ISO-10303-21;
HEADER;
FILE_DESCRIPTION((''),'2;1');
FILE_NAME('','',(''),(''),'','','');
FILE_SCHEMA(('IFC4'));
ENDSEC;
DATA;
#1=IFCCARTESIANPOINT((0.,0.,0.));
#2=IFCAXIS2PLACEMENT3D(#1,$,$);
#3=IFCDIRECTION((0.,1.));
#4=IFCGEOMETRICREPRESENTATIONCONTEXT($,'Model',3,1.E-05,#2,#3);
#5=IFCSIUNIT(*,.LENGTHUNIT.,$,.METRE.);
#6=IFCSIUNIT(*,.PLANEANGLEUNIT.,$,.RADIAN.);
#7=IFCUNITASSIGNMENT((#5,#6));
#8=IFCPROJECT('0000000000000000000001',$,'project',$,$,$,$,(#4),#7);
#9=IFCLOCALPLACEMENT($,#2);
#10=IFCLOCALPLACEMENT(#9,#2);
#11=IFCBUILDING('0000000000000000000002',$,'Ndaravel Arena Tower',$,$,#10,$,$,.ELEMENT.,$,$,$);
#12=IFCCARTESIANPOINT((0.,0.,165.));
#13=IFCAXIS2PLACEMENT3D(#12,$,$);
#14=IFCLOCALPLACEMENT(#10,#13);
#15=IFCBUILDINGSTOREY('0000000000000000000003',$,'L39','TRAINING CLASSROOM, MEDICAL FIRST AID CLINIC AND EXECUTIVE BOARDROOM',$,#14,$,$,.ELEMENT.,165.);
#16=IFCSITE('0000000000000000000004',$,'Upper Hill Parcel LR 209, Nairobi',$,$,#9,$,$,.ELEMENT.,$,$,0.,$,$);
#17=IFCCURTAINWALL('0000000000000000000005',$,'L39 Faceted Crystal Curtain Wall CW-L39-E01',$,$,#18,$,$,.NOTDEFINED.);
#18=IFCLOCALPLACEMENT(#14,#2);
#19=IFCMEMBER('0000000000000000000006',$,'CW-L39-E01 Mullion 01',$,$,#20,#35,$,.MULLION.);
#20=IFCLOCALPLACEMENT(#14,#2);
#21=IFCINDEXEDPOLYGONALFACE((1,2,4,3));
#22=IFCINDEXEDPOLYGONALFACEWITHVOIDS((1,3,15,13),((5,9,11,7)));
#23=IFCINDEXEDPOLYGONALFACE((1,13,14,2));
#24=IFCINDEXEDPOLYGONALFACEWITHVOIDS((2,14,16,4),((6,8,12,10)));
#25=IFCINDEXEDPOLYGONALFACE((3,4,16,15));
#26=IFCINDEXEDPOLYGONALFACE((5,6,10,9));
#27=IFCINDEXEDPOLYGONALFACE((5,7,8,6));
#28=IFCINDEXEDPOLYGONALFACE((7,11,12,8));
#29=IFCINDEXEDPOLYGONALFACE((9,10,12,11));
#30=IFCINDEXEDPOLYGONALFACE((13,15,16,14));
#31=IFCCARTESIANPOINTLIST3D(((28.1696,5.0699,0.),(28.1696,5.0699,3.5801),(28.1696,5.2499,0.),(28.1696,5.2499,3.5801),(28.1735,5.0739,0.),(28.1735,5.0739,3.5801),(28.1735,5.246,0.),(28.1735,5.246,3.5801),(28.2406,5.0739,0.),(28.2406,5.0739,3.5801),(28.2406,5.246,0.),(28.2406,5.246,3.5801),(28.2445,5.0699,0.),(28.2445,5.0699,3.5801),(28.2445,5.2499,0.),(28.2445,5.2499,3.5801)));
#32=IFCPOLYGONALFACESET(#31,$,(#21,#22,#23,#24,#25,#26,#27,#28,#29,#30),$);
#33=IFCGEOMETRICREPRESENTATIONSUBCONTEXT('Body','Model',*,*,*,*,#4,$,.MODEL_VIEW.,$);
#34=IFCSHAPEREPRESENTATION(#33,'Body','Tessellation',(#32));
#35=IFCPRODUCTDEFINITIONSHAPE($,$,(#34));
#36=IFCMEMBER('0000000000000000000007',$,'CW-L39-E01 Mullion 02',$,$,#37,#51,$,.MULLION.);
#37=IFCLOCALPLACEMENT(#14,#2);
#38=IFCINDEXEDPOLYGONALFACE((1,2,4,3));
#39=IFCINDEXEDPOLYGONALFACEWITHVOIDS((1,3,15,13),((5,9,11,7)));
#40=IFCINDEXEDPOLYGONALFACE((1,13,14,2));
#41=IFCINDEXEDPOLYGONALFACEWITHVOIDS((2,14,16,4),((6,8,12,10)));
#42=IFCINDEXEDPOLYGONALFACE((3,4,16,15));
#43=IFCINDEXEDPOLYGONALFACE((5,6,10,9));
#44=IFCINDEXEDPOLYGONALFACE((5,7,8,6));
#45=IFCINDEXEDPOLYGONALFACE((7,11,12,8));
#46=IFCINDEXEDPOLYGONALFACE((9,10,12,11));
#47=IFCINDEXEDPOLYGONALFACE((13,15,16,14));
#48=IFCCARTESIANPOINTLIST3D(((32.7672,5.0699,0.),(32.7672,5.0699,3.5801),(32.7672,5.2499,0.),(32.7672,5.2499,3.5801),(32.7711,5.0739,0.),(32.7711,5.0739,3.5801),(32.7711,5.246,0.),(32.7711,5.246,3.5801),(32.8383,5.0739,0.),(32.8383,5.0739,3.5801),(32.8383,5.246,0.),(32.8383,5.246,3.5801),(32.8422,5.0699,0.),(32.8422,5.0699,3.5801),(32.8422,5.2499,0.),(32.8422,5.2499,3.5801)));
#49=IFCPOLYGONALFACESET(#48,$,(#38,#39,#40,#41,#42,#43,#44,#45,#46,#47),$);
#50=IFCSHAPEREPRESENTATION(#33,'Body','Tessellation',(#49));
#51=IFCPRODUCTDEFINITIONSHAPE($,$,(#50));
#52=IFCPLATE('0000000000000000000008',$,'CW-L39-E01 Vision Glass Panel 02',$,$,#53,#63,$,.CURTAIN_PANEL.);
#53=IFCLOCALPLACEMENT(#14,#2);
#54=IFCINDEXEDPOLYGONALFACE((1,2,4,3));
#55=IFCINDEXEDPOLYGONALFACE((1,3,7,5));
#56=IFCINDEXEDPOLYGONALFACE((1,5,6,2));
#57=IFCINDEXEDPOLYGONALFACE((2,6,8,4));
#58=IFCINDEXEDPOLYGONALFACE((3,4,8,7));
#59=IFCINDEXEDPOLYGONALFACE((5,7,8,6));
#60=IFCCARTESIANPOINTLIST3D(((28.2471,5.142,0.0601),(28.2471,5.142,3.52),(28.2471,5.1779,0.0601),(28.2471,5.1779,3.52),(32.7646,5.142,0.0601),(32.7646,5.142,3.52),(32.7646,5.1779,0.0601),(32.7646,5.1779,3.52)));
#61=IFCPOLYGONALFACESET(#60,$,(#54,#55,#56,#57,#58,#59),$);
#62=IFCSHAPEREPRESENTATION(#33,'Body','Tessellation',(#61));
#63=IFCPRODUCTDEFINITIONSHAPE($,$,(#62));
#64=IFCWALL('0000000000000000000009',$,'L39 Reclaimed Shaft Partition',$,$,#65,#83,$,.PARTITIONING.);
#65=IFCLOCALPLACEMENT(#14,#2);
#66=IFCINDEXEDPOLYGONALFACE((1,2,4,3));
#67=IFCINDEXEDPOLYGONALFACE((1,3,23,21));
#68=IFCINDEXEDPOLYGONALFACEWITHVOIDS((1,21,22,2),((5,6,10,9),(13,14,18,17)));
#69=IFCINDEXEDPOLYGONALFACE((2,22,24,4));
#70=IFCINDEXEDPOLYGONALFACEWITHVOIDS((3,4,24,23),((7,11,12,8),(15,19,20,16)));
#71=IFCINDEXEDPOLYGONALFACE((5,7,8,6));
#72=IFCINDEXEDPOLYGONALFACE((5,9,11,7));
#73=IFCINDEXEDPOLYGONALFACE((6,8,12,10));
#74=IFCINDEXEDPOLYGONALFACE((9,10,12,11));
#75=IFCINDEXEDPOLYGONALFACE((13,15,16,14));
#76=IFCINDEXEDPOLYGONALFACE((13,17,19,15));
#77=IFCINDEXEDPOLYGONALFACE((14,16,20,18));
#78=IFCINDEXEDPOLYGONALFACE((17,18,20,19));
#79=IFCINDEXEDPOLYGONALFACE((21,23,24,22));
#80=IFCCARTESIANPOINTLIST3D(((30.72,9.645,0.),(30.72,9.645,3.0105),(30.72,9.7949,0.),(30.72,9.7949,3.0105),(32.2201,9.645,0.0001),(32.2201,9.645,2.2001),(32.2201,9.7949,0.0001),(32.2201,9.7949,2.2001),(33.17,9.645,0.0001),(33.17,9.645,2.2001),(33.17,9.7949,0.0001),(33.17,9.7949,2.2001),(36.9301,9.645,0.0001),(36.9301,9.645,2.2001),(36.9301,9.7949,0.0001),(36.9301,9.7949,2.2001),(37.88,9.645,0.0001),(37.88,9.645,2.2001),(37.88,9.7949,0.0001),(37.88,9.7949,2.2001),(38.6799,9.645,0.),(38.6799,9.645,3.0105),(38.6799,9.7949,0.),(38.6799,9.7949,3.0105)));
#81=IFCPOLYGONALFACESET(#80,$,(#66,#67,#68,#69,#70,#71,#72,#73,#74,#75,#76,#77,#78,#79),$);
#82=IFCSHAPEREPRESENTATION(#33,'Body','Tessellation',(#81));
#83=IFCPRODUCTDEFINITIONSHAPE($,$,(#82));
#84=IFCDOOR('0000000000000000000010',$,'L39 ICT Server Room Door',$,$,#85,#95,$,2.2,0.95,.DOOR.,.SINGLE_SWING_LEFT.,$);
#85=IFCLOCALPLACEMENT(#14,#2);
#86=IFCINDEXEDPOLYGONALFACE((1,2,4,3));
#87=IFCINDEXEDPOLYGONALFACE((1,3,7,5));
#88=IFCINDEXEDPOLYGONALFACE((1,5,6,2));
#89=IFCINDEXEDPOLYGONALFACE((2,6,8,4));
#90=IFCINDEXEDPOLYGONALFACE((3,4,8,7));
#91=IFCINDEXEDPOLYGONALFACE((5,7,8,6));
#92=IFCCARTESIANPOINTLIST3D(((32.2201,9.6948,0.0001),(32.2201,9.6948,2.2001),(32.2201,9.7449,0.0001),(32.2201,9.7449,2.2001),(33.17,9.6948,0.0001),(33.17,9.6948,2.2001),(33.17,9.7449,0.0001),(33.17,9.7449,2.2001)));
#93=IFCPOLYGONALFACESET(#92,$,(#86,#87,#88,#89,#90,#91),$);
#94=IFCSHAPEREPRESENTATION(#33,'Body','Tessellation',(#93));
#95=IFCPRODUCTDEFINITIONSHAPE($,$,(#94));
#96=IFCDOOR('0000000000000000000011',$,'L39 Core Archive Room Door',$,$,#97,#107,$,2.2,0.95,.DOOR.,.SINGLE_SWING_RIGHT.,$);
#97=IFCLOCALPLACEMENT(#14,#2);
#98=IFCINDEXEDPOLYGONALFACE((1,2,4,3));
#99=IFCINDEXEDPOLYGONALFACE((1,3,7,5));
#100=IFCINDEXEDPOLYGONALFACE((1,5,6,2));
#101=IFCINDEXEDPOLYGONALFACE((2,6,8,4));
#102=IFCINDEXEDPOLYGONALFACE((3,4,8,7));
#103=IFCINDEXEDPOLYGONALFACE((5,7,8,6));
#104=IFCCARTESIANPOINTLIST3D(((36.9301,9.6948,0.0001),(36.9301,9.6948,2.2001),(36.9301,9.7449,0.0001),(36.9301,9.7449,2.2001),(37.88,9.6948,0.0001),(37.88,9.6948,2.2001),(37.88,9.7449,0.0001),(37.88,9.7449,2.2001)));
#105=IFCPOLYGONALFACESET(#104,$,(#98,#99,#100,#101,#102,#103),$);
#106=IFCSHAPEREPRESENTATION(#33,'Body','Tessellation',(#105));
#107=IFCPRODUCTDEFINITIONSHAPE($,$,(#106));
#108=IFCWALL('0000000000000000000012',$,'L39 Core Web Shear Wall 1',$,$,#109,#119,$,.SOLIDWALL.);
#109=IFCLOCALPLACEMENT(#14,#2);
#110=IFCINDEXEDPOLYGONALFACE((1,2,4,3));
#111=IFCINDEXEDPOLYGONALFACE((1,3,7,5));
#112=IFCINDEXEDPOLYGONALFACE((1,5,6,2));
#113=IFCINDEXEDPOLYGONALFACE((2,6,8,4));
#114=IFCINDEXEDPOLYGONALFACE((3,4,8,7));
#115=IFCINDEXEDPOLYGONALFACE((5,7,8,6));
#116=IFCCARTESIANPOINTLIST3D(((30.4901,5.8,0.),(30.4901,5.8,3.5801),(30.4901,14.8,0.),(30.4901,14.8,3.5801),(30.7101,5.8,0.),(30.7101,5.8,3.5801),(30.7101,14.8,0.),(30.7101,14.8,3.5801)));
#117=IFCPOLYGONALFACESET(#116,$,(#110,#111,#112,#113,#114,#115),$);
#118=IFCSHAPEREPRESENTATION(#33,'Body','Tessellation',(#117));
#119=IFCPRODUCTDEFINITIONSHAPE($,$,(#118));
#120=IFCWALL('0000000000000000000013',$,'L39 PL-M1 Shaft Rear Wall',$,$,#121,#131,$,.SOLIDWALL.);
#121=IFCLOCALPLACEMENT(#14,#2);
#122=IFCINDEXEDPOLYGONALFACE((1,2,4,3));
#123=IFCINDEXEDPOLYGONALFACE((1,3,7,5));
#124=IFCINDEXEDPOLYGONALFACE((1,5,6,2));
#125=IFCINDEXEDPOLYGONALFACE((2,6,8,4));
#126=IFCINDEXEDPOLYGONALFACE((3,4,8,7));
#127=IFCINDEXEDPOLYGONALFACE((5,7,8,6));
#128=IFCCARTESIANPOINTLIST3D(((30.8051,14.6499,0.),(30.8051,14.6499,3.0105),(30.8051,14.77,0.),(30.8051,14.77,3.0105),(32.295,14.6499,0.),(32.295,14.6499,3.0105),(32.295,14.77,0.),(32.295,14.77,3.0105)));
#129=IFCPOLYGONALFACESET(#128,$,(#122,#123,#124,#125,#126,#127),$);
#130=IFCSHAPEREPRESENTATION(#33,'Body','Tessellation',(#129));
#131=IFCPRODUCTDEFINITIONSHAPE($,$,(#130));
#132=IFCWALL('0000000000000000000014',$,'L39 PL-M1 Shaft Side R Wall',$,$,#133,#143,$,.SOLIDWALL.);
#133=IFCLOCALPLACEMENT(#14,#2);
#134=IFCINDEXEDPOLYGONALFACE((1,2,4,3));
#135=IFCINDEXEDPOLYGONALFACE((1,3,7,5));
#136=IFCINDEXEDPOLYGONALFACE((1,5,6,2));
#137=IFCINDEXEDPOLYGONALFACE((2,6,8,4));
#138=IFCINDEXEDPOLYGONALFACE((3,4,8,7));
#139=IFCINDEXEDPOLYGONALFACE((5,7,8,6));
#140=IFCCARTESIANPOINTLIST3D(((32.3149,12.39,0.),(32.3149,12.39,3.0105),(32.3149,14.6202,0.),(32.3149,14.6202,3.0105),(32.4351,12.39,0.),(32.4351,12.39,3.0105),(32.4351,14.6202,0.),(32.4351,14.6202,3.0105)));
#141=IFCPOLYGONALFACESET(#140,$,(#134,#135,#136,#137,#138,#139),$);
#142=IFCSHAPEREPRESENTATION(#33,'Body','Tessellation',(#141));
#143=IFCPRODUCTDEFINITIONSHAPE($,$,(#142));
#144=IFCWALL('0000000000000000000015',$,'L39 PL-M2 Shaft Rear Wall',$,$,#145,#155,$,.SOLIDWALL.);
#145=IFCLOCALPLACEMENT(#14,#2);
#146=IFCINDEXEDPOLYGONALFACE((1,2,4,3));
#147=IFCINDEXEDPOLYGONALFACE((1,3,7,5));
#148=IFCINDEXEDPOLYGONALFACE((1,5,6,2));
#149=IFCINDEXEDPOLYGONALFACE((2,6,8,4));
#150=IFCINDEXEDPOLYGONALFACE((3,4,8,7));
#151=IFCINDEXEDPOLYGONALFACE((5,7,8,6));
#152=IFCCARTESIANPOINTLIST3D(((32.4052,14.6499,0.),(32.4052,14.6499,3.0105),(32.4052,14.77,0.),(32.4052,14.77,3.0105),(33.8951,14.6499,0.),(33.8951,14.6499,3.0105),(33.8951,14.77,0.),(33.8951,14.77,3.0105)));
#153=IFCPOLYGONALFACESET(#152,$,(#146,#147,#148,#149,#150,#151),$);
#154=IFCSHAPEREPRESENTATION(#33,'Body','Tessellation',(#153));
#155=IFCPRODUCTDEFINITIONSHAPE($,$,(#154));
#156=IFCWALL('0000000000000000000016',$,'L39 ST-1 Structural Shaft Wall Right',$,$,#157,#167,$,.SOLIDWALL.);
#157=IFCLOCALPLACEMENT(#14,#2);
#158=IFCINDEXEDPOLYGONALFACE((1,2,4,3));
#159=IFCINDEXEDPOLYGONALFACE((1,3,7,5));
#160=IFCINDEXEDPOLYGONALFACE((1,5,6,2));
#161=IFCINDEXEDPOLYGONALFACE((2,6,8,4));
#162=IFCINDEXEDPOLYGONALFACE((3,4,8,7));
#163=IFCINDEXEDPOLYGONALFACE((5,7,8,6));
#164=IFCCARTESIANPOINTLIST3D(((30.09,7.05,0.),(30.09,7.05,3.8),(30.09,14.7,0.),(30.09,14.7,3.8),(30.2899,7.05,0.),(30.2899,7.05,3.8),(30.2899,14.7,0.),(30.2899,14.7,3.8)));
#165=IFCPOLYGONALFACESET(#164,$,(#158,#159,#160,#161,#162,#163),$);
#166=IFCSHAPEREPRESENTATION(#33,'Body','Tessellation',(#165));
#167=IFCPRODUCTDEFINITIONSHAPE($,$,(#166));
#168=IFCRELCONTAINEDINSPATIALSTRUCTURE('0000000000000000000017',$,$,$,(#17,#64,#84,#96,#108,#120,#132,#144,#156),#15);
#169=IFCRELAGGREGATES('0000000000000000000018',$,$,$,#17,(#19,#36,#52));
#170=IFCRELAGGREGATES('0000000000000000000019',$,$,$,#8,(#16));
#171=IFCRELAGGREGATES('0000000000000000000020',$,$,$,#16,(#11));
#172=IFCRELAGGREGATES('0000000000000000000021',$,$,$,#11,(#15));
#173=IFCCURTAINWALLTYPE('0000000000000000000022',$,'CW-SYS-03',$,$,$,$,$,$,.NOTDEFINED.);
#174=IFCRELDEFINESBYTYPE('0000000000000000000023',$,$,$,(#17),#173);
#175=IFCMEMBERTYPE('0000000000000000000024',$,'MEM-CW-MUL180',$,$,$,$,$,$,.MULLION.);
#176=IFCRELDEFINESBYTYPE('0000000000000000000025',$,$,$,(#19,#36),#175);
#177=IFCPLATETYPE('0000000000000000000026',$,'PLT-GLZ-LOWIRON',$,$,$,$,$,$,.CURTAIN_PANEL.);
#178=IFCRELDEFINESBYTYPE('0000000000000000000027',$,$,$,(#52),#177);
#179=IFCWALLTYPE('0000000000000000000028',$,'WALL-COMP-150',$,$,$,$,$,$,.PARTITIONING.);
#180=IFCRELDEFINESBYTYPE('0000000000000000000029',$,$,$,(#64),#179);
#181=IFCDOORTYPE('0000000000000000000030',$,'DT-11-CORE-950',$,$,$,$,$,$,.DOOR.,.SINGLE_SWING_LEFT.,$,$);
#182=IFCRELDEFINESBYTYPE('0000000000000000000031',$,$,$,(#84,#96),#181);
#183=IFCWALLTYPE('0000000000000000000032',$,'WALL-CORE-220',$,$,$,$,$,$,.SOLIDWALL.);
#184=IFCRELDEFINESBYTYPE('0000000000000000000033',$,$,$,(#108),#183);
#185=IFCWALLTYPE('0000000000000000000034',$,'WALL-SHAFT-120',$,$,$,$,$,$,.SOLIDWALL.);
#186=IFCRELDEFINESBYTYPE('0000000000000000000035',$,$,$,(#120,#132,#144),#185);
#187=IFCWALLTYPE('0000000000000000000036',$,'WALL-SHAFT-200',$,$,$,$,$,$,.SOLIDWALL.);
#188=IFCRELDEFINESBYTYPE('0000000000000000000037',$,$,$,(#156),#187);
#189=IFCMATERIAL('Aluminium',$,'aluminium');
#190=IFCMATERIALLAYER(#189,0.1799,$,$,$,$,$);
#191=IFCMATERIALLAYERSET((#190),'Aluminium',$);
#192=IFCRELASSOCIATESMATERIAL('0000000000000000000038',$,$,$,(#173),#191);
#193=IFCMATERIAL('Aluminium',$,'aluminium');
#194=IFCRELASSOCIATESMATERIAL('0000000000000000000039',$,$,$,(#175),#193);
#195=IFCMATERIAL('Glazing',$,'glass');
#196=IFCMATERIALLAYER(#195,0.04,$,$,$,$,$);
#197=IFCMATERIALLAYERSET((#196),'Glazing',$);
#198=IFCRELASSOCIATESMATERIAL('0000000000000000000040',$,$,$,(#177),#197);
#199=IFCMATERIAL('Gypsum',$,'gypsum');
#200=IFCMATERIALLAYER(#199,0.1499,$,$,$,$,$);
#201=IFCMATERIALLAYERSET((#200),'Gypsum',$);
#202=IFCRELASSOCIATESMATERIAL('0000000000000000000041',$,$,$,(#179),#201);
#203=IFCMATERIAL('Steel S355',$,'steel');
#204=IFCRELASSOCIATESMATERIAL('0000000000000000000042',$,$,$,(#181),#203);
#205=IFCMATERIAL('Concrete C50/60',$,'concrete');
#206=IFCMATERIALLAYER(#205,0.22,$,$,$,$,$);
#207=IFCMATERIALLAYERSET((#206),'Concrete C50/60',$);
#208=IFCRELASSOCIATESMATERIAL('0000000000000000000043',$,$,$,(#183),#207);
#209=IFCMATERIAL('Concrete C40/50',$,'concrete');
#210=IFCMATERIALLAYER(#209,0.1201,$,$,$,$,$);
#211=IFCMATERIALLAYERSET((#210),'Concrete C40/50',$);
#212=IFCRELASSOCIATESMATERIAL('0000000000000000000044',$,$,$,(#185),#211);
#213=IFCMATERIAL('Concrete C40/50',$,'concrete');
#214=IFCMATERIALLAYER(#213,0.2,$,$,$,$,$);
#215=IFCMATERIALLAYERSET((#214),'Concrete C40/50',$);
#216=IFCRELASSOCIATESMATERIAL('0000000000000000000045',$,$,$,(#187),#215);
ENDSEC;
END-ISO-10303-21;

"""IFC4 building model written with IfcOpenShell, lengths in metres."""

from ifc_helpers import new_model, si_unit, direction, frame, frame_2d, origin, origin_2d, place, context, subcontext, project, spatial, rectangle, hollow_rectangle, extrude, material, layer, layer_set, material_profile, profile_set, type_object, element, fill, aggregate, save


model = new_model("IFC4")

# Units and contexts
model_context = context("Model", 3, precision=1e-05, world=origin(), true_north=direction((0.0, 1.0)))
body_context = subcontext(model_context, "Body", "Model", "MODEL_VIEW")
ifc_project = project(units=[si_unit("LENGTHUNIT", "METRE"), si_unit("PLANEANGLEUNIT", "RADIAN")], contexts=[model_context])

# Site, building, storey
site_placement = place(None, origin())
site = spatial("IfcSite", under=ifc_project, at=site_placement, Name="Upper Hill Parcel LR 209, Nairobi", CompositionType="ELEMENT", RefElevation=0.0)
building_placement = place(site_placement, origin())
building = spatial("IfcBuilding", under=site, at=building_placement, Name="Ndaravel Arena Tower", CompositionType="ELEMENT")
storey_placement = place(building_placement, frame((0.0, 0.0, 165.0)))
storey = spatial("IfcBuildingStorey", under=building, at=storey_placement, Name="L39", Description="TRAINING CLASSROOM, MEDICAL FIRST AID CLINIC AND EXECUTIVE BOARDROOM", CompositionType="ELEMENT", Elevation=165.0)

# Curtain wall, members, plate
ifc_material_1 = material(Name="Aluminium", Category="aluminium")
ifc_layer_1 = layer(ifc_material_1, 0.1799)
ifc_layer_set_1 = layer_set([ifc_layer_1], Name="Aluminium")
curtain_wall_type = type_object("IfcCurtainWallType", Name="CW-SYS-03", PredefinedType="NOTDEFINED", material=ifc_layer_set_1)
curtain_wall_placement = place(storey_placement, origin())
curtain_wall = element("IfcCurtainWall", 1, at=curtain_wall_placement, inside=storey, type_object=curtain_wall_type, Name="L39 Faceted Crystal Curtain Wall CW-L39-E01", PredefinedType="NOTDEFINED")
ifc_material_2 = material(Name="Aluminium", Category="aluminium")
ifc_material_profile = material_profile(ifc_material_2, hollow_rectangle(XDim=0.075, YDim=0.1799, WallThickness=0.0039, at=origin_2d()), Name="CW MULLION 75x180x4")
ifc_profile_set = profile_set([ifc_material_profile], Name="Aluminium")
member_type = type_object("IfcMemberType", Name="MEM-CW-MUL180", PredefinedType="MULLION", material=ifc_profile_set)
member_1_placement = place(storey_placement, frame((28.207, 5.1599, 0.0), z_axis=(0.0, 0.0, 1.0), x_axis=(1.0, 0.0, 0.0)))
member_1 = element("IfcMember", 2, at=member_1_placement, type_object=member_type, Name="CW-L39-E01 Mullion 01", PredefinedType="MULLION", context=body_context, shape_type="SweptSolid", body=[
    extrude(hollow_rectangle(XDim=0.075, YDim=0.1799, WallThickness=0.0039, at=origin_2d()), origin(), (0.0, 0.0, 1.0), 3.5801),
])
member_2_placement = place(storey_placement, frame((32.8047, 5.1599, 0.0), z_axis=(0.0, 0.0, 1.0), x_axis=(1.0, 0.0, 0.0)))
member_2 = element("IfcMember", 3, at=member_2_placement, type_object=member_type, Name="CW-L39-E01 Mullion 02", PredefinedType="MULLION", context=body_context, shape_type="SweptSolid", body=[
    extrude(hollow_rectangle(XDim=0.075, YDim=0.1799, WallThickness=0.0039, at=origin_2d()), origin(), (0.0, 0.0, 1.0), 3.5801),
])
ifc_material_3 = material(Name="Glazing", Category="glass")
ifc_layer_2 = layer(ifc_material_3, 0.04)
ifc_layer_set_2 = layer_set([ifc_layer_2], Name="Glazing")
plate_type = type_object("IfcPlateType", Name="PLT-GLZ-LOWIRON", PredefinedType="CURTAIN_PANEL", material=ifc_layer_set_2)
plate_placement = place(storey_placement, frame((30.5059, 5.1599, 0.0601), z_axis=(0.0, 0.0, 1.0), x_axis=(1.0, 0.0, 0.0)))
plate = element("IfcPlate", 4, at=plate_placement, type_object=plate_type, Name="CW-L39-E01 Vision Glass Panel 02", PredefinedType="CURTAIN_PANEL", context=body_context, shape_type="SweptSolid", body=[
    extrude(rectangle(XDim=4.5176, YDim=0.0359, at=origin_2d()), origin(), (0.0, 0.0, 1.0), 3.46),
])
aggregate(curtain_wall, [member_1, member_2, plate])

# Wall, openings, doors
ifc_material_4 = material(Name="Gypsum", Category="gypsum")
ifc_layer_3 = layer(ifc_material_4, 0.1499)
ifc_layer_set_3 = layer_set([ifc_layer_3], Name="Gypsum")
wall_type_1 = type_object("IfcWallType", Name="WALL-COMP-150", PredefinedType="PARTITIONING", material=ifc_layer_set_3)
wall_1_placement = place(storey_placement, frame((30.72, 9.72, 0.0), z_axis=(0.0, 0.0, 1.0), x_axis=(1.0, 0.0, 0.0)))
wall_1 = element("IfcWall", 5, at=wall_1_placement, inside=storey, type_object=wall_type_1, Name="L39 Reclaimed Shaft Partition", PredefinedType="PARTITIONING", context=body_context, shape_type="SweptSolid", body=[
    extrude(rectangle(XDim=7.96, YDim=0.1499, at=frame_2d((3.98, 0.0))), origin(), (0.0, 0.0, 1.0), 3.0105),
])
opening_1_placement = place(wall_1_placement, frame((1.5, 0.0, 0.0)))
opening_1 = element("IfcOpeningElement", 6, at=opening_1_placement, cuts=wall_1, PredefinedType="OPENING", context=body_context, shape_type="SweptSolid", body=[
    extrude(rectangle(XDim=0.95, YDim=2.2, at=frame_2d((0.4751, 1.1001))), frame((0.0, 0.075, 0.0), z_axis=(0.0, -1.0, 0.0), x_axis=(1.0, 0.0, 0.0)), (0.0, 0.0, 1.0), 0.1499),
])
opening_2_placement = place(wall_1_placement, frame((6.21, 0.0, 0.0)))
opening_2 = element("IfcOpeningElement", 7, at=opening_2_placement, cuts=wall_1, PredefinedType="OPENING", context=body_context, shape_type="SweptSolid", body=[
    extrude(rectangle(XDim=0.95, YDim=2.2, at=frame_2d((0.4751, 1.1001))), frame((0.0, 0.075, 0.0), z_axis=(0.0, -1.0, 0.0), x_axis=(1.0, 0.0, 0.0)), (0.0, 0.0, 1.0), 0.1499),
])
ifc_material_5 = material(Name="Steel S355", Category="steel")
door_type_1 = type_object("IfcDoorType", Name="DT-11-CORE-950", OperationType="SINGLE_SWING_LEFT", PredefinedType="DOOR", material=ifc_material_5)
door_1_placement = place(opening_1_placement, origin())
door_1 = element("IfcDoor", 8, at=door_1_placement, inside=storey, type_object=door_type_1, Name="L39 ICT Server Room Door", OperationType="SINGLE_SWING_LEFT", OverallHeight=2.2, OverallWidth=0.95, PredefinedType="DOOR", context=body_context, shape_type="SweptSolid", body=[
    extrude(rectangle(XDim=0.95, YDim=2.2, at=frame_2d((0.4751, 1.1001))), frame((0.0, 0.0249, 0.0), z_axis=(0.0, -1.0, 0.0), x_axis=(1.0, 0.0, 0.0)), (0.0, 0.0, 1.0), 0.05),
])
fill(opening_1, door_1)
door_2_placement = place(opening_2_placement, origin())
door_2 = element("IfcDoor", 9, at=door_2_placement, inside=storey, type_object=door_type_1, Name="L39 Core Archive Room Door", OperationType="SINGLE_SWING_RIGHT", OverallHeight=2.2, OverallWidth=0.95, PredefinedType="DOOR", context=body_context, shape_type="SweptSolid", body=[
    extrude(rectangle(XDim=0.95, YDim=2.2, at=frame_2d((0.4751, 1.1001))), frame((0.0, 0.0249, 0.0), z_axis=(0.0, -1.0, 0.0), x_axis=(1.0, 0.0, 0.0)), (0.0, 0.0, 1.0), 0.05),
])
fill(opening_2, door_2)

# Walls
ifc_material_6 = material(Name="Concrete C50/60", Category="concrete")
ifc_layer_4 = layer(ifc_material_6, 0.22)
ifc_layer_set_4 = layer_set([ifc_layer_4], Name="Concrete C50/60")
wall_type_2 = type_object("IfcWallType", Name="WALL-CORE-220", PredefinedType="SOLIDWALL", material=ifc_layer_set_4)
wall_2_placement = place(storey_placement, frame((30.6001, 5.8, 0.0), z_axis=(0.0, 0.0, 1.0), x_axis=(0.0, 1.0, 0.0)))
element("IfcWall", 10, at=wall_2_placement, inside=storey, type_object=wall_type_2, Name="L39 Core Web Shear Wall 1", PredefinedType="SOLIDWALL", context=body_context, shape_type="SweptSolid", body=[
    extrude(rectangle(XDim=9.0, YDim=0.22, at=frame_2d((4.5, 0.0))), origin(), (0.0, 0.0, 1.0), 3.5801),
])
ifc_material_7 = material(Name="Concrete C40/50", Category="concrete")
ifc_layer_5 = layer(ifc_material_7, 0.1201)
ifc_layer_set_5 = layer_set([ifc_layer_5], Name="Concrete C40/50")
wall_type_3 = type_object("IfcWallType", Name="WALL-SHAFT-120", PredefinedType="SOLIDWALL", material=ifc_layer_set_5)
wall_3_placement = place(storey_placement, frame((30.8049, 14.71, 0.0), z_axis=(0.0, 0.0, 1.0), x_axis=(1.0, 0.0, 0.0)))
element("IfcWall", 11, at=wall_3_placement, inside=storey, type_object=wall_type_3, Name="L39 PL-M1 Shaft Rear Wall", PredefinedType="SOLIDWALL", context=body_context, shape_type="SweptSolid", body=[
    extrude(rectangle(XDim=1.49, YDim=0.1201, at=frame_2d((0.7451, 0.0))), origin(), (0.0, 0.0, 1.0), 3.0105),
])
wall_4_placement = place(storey_placement, frame((32.375, 12.3899, 0.0), z_axis=(0.0, 0.0, 1.0), x_axis=(0.0, 1.0, 0.0)))
element("IfcWall", 12, at=wall_4_placement, inside=storey, type_object=wall_type_3, Name="L39 PL-M1 Shaft Side R Wall", PredefinedType="SOLIDWALL", context=body_context, shape_type="SweptSolid", body=[
    extrude(rectangle(XDim=2.2302, YDim=0.1201, at=frame_2d((1.1152, 0.0))), origin(), (0.0, 0.0, 1.0), 3.0105),
])
wall_5_placement = place(storey_placement, frame((32.405, 14.71, 0.0), z_axis=(0.0, 0.0, 1.0), x_axis=(1.0, 0.0, 0.0)))
element("IfcWall", 13, at=wall_5_placement, inside=storey, type_object=wall_type_3, Name="L39 PL-M2 Shaft Rear Wall", PredefinedType="SOLIDWALL", context=body_context, shape_type="SweptSolid", body=[
    extrude(rectangle(XDim=1.49, YDim=0.1201, at=frame_2d((0.7451, 0.0))), origin(), (0.0, 0.0, 1.0), 3.0105),
])
ifc_material_8 = material(Name="Concrete C40/50", Category="concrete")
ifc_layer_6 = layer(ifc_material_8, 0.2)
ifc_layer_set_6 = layer_set([ifc_layer_6], Name="Concrete C40/50")
wall_type_4 = type_object("IfcWallType", Name="WALL-SHAFT-200", PredefinedType="SOLIDWALL", material=ifc_layer_set_6)
wall_6_placement = place(storey_placement, frame((30.1899, 14.7, 0.0), z_axis=(0.0, 0.0, 1.0), x_axis=(0.0, -1.0, 0.0)))
element("IfcWall", 14, at=wall_6_placement, inside=storey, type_object=wall_type_4, Name="L39 ST-1 Structural Shaft Wall Right", PredefinedType="SOLIDWALL", context=body_context, shape_type="SweptSolid", body=[
    extrude(rectangle(XDim=7.6499, YDim=0.2, at=frame_2d((3.825, 0.0))), origin(), (0.0, 0.0, 1.0), 3.8),
])

save(model, "model.ifc")
